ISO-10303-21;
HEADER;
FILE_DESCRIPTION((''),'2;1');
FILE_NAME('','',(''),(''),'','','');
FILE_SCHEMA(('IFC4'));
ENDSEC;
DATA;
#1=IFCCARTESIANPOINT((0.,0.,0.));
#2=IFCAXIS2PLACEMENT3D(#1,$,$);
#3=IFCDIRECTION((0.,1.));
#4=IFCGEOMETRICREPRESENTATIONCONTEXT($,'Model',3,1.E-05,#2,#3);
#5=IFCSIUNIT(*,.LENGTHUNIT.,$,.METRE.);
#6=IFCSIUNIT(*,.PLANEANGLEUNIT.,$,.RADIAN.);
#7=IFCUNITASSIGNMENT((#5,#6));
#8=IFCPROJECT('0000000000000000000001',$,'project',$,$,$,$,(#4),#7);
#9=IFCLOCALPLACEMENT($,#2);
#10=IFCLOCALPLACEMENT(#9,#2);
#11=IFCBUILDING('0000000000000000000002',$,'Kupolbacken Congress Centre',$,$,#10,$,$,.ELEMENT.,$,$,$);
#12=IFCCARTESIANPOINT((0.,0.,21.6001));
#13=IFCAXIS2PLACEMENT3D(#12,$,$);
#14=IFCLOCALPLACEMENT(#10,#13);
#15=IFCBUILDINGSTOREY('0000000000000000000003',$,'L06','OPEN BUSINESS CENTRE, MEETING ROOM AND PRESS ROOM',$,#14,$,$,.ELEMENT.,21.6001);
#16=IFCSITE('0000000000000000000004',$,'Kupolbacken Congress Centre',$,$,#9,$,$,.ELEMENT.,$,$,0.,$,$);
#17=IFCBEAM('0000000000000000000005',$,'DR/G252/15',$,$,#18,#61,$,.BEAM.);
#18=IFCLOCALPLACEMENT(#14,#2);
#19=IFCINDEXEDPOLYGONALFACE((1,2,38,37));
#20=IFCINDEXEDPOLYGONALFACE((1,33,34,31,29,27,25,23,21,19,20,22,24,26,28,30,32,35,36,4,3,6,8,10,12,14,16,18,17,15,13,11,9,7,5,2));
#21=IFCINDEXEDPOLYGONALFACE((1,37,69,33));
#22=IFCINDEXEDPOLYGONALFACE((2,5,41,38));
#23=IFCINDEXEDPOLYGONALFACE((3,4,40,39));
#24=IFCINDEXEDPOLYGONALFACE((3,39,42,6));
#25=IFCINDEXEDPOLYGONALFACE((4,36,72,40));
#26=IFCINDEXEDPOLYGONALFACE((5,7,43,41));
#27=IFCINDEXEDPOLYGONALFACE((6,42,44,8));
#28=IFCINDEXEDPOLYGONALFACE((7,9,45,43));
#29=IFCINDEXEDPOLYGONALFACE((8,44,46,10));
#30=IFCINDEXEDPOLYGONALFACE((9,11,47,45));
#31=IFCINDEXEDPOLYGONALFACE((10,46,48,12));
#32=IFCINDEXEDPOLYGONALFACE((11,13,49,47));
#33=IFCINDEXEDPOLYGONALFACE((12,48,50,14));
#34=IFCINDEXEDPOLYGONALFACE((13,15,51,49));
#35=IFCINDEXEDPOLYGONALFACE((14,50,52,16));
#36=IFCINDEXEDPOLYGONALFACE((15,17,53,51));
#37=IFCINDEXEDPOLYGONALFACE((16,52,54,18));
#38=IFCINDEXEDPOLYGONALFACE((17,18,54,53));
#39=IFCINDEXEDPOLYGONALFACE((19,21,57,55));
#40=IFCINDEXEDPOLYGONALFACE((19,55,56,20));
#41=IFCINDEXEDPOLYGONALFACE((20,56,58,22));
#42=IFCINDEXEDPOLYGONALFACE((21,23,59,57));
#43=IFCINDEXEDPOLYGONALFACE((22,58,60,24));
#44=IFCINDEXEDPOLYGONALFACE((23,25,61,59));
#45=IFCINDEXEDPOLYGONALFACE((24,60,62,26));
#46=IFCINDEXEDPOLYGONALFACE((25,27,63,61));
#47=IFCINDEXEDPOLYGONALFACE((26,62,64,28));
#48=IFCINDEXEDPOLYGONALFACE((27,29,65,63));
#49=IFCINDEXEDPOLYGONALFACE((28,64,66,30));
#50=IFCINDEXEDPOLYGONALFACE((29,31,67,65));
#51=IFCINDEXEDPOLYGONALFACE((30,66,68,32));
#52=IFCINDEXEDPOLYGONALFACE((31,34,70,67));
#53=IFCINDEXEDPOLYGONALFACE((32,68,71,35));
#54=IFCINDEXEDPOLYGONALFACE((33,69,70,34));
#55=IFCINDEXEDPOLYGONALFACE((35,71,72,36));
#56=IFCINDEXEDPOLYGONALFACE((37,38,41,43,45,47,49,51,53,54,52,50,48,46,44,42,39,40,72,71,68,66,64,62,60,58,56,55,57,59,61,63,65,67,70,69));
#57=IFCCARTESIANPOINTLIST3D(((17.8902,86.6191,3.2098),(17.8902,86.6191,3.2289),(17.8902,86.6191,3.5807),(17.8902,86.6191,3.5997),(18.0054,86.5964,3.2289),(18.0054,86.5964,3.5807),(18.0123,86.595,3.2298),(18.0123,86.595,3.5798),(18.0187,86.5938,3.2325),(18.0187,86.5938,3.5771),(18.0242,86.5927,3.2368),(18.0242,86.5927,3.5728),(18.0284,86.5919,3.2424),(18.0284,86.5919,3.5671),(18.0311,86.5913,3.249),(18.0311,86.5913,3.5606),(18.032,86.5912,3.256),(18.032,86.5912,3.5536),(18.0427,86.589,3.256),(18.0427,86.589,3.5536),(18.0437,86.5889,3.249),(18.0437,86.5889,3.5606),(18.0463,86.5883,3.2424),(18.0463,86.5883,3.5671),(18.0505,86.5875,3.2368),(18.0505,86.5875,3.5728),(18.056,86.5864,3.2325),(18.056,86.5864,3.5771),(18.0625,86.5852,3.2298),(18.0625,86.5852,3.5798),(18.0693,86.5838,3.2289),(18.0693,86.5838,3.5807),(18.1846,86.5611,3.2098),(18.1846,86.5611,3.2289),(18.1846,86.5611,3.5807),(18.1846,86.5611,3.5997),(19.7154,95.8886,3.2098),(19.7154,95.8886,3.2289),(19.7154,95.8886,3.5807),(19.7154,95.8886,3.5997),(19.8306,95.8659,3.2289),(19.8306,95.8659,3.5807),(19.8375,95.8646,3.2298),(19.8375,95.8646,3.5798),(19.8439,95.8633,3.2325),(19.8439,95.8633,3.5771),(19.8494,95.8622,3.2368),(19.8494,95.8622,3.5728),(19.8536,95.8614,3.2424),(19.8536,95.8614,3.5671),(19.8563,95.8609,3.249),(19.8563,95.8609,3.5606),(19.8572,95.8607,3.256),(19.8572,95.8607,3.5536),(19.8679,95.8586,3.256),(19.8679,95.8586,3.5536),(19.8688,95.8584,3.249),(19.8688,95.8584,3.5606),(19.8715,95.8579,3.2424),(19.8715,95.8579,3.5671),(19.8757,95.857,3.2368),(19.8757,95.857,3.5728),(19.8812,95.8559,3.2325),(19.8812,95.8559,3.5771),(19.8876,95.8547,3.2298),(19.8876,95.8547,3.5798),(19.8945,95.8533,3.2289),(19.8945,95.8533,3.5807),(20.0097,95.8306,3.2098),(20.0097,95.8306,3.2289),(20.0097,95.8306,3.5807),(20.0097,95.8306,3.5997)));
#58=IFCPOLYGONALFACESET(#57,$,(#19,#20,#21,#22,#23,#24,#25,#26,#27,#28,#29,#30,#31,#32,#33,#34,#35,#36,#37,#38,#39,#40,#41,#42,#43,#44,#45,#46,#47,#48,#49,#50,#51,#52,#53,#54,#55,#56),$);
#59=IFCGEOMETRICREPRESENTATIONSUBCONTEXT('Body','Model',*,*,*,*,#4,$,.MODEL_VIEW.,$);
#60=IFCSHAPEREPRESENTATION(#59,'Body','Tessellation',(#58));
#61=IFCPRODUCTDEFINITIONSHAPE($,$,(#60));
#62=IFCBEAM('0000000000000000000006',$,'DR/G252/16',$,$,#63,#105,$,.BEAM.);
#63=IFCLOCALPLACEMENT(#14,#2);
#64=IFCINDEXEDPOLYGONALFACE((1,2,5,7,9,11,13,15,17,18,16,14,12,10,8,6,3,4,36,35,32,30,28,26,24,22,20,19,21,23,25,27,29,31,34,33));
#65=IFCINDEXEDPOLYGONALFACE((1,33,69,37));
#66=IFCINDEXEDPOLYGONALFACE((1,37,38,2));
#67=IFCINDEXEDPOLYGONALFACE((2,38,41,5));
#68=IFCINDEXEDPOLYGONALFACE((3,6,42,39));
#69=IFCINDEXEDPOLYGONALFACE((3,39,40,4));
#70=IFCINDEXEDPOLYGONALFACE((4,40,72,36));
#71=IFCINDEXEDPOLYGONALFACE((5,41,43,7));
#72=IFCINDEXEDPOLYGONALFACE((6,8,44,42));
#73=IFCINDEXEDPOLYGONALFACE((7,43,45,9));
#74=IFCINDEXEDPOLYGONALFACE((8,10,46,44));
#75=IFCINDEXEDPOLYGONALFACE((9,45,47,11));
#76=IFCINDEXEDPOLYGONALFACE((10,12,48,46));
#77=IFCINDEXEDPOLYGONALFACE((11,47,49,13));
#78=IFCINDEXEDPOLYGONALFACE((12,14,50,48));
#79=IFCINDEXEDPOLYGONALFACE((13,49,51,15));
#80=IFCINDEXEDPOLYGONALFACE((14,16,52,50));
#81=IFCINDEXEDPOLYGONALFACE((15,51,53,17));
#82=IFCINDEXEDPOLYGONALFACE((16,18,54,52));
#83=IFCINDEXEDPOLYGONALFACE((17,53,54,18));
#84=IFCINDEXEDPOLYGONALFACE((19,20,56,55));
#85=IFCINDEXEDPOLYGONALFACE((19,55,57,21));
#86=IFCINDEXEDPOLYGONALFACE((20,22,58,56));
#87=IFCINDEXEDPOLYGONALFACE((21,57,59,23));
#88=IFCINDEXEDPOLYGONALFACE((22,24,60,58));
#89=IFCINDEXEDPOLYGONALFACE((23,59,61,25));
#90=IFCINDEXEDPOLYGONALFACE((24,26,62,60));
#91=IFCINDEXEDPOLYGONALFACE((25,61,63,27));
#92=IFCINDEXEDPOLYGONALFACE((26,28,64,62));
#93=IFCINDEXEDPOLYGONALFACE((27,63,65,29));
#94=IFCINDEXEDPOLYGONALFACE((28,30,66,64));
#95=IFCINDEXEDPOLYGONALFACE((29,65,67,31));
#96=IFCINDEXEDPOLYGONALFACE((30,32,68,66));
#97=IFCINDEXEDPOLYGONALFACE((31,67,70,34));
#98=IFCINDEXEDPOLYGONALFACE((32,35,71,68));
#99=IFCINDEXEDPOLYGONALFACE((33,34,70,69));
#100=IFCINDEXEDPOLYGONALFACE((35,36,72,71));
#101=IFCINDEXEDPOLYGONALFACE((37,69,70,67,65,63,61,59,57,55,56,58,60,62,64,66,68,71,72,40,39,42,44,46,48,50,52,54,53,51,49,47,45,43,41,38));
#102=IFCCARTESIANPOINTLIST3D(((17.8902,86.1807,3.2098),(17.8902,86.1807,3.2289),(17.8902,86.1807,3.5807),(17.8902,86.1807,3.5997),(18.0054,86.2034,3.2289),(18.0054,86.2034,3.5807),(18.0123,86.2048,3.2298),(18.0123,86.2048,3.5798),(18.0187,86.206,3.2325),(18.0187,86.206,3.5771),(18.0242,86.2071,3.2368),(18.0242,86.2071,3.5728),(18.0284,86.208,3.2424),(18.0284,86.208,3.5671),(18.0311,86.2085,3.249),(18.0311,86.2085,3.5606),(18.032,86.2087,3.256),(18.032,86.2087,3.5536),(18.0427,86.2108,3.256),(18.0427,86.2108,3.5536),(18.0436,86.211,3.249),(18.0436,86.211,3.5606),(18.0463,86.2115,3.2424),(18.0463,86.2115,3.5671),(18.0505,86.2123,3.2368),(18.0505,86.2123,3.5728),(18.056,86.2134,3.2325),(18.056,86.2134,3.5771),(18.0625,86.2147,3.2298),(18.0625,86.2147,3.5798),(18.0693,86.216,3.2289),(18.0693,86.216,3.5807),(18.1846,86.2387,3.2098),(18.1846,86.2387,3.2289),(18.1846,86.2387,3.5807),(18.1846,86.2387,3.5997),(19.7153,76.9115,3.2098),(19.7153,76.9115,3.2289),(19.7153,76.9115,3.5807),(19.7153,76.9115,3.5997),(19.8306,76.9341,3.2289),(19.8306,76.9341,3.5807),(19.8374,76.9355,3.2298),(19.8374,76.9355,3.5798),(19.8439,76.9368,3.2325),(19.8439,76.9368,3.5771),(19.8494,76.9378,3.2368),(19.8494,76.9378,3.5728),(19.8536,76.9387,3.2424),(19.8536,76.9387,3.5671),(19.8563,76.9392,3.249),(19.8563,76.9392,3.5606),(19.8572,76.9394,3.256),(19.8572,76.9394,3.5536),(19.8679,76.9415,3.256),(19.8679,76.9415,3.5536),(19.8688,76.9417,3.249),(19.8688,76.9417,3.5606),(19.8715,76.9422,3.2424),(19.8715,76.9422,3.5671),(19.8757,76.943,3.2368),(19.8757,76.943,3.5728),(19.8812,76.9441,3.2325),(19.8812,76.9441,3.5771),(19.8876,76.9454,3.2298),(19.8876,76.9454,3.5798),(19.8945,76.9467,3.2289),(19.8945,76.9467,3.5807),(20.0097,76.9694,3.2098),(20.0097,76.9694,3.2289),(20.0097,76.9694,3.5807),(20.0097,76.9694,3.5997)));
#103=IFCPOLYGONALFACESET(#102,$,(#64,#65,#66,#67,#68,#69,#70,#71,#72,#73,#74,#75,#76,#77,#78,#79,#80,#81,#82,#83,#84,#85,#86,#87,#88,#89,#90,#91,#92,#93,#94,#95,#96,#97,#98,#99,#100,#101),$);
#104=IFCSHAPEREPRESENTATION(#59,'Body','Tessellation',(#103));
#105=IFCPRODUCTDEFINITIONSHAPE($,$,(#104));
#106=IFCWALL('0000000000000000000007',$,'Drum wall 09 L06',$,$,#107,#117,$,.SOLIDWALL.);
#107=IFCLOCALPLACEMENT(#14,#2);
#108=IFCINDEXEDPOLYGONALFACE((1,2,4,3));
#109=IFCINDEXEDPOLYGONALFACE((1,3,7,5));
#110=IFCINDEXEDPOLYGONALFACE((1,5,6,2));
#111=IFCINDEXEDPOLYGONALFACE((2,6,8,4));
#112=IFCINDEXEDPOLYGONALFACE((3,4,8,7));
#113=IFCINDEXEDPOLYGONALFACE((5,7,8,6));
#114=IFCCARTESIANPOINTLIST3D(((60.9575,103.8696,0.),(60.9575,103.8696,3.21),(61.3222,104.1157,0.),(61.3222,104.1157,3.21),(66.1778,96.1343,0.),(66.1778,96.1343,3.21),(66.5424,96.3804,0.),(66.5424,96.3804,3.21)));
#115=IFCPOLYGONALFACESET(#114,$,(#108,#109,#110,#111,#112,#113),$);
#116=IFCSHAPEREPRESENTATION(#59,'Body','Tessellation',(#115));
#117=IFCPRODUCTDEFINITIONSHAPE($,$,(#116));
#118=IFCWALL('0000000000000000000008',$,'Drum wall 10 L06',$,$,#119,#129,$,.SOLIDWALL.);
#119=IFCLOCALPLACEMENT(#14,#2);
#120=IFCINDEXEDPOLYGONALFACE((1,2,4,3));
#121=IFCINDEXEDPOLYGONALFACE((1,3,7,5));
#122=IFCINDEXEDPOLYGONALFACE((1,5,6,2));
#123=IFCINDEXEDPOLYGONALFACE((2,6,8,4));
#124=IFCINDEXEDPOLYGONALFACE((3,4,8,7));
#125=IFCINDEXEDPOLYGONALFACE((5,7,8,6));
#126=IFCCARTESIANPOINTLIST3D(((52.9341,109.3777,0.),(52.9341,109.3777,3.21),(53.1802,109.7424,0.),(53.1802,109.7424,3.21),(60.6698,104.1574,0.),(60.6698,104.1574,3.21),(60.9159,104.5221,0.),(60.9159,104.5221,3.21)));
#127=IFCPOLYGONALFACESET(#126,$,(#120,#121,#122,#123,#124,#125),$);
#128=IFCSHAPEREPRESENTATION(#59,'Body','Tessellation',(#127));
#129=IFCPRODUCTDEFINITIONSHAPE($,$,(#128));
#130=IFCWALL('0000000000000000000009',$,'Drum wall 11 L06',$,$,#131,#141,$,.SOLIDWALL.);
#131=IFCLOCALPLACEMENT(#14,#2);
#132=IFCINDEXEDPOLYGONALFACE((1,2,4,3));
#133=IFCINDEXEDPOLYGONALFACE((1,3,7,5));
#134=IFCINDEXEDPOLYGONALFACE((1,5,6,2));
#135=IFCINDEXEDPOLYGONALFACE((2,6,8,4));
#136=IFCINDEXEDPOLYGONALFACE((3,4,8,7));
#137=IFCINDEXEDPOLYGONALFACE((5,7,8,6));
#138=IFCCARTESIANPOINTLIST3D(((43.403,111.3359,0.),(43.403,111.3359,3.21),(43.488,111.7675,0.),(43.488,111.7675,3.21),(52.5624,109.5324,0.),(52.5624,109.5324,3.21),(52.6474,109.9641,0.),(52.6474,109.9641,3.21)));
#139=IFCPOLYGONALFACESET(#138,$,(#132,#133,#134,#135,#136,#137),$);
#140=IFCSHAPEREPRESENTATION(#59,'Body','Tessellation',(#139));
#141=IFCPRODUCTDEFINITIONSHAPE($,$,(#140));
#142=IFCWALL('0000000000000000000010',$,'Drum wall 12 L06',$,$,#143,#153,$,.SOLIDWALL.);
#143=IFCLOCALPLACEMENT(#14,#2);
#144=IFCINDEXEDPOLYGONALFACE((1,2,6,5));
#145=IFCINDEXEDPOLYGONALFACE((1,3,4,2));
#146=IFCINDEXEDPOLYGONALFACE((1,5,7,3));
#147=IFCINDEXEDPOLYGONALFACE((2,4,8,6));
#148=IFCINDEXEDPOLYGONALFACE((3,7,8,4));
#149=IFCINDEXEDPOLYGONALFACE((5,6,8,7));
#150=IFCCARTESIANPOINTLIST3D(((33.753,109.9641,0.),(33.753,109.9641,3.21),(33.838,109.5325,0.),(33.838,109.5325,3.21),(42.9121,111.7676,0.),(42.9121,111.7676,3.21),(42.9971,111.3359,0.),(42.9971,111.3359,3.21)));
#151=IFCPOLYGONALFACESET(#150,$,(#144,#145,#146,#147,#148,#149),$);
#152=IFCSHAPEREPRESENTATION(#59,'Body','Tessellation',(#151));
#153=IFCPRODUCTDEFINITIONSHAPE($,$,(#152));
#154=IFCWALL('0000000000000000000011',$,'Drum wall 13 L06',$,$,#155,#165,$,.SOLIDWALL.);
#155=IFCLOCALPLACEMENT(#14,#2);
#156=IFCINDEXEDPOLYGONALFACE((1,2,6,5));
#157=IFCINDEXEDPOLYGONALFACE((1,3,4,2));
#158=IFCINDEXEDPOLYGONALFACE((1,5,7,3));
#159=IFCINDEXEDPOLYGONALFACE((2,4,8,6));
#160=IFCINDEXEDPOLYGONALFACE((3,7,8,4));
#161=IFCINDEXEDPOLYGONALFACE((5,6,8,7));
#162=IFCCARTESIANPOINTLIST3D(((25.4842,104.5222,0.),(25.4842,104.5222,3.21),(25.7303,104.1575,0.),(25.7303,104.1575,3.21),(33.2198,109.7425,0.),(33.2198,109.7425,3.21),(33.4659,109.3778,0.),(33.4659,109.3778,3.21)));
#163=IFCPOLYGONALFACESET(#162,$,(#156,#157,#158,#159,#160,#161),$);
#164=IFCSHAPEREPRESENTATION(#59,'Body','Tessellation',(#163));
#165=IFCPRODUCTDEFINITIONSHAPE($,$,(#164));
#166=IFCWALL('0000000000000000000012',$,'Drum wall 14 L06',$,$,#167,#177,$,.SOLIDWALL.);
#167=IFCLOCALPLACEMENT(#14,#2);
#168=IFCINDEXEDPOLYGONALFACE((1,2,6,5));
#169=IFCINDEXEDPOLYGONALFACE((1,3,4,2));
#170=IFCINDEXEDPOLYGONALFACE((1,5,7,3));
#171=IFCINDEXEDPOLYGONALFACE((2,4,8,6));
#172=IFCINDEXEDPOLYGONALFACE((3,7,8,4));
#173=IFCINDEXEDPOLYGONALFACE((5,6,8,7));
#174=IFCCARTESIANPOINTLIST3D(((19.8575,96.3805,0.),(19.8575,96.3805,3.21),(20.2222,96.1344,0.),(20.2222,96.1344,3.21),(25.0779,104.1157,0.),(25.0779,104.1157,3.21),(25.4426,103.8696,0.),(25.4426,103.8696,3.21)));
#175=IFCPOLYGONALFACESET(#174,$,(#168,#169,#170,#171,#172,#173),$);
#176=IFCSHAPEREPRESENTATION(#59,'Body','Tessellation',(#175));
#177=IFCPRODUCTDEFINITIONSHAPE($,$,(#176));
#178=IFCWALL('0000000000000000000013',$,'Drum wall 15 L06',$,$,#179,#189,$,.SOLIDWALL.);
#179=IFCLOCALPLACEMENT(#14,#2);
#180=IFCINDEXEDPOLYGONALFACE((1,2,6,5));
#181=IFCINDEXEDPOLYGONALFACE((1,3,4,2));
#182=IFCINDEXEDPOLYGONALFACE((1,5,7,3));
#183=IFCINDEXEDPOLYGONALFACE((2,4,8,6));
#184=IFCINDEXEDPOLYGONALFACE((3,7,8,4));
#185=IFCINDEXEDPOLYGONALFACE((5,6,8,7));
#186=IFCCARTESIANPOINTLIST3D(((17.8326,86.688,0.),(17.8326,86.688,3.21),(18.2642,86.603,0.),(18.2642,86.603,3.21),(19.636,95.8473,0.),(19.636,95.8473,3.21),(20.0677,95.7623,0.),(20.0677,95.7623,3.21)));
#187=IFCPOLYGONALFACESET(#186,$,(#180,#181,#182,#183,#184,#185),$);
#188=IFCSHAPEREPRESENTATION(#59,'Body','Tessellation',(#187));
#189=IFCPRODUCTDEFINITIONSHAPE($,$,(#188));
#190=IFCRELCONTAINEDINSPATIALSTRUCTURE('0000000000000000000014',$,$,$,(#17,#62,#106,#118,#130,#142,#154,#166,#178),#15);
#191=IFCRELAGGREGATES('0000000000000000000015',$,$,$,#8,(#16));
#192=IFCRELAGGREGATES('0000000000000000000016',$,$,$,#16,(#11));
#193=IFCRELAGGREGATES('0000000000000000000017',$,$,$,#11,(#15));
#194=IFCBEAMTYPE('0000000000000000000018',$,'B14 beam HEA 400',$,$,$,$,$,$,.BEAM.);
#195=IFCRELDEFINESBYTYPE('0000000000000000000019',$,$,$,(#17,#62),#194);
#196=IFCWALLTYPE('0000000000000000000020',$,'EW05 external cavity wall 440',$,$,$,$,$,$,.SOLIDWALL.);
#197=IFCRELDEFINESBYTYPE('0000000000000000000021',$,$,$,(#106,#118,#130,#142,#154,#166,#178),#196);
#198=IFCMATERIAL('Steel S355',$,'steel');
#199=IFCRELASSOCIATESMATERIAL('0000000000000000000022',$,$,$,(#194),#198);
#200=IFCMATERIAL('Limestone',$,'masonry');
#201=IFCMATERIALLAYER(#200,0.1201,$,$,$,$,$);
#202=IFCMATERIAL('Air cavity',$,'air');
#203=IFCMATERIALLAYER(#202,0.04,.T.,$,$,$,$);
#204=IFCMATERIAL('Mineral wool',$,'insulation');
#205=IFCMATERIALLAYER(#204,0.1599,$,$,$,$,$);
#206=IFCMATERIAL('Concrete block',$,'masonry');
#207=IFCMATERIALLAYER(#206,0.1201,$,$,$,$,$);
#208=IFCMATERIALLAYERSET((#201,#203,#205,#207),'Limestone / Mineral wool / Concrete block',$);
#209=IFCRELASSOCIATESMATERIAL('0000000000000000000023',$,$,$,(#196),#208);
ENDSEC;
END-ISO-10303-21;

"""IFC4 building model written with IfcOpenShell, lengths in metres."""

from ifc_helpers import new_model, si_unit, direction, frame, frame_2d, origin, origin_2d, place, context, subcontext, project, spatial, rectangle, i_section, extrude, material, layer, layer_set, material_profile, profile_set, type_object, element, save


model = new_model("IFC4")

# Units and contexts
model_context = context("Model", 3, precision=1e-05, world=origin(), true_north=direction((0.0, 1.0)))
body_context = subcontext(model_context, "Body", "Model", "MODEL_VIEW")
ifc_project = project(units=[si_unit("LENGTHUNIT", "METRE"), si_unit("PLANEANGLEUNIT", "RADIAN")], contexts=[model_context])

# Site, building, storey
site_placement = place(None, origin())
site = spatial("IfcSite", under=ifc_project, at=site_placement, Name="Kupolbacken Congress Centre", CompositionType="ELEMENT", RefElevation=0.0)
building_placement = place(site_placement, origin())
building = spatial("IfcBuilding", under=site, at=building_placement, Name="Kupolbacken Congress Centre", CompositionType="ELEMENT")
storey_placement = place(building_placement, frame((0.0, 0.0, 21.6001)))
storey = spatial("IfcBuildingStorey", under=building, at=storey_placement, Name="L06", Description="OPEN BUSINESS CENTRE, MEETING ROOM AND PRESS ROOM", CompositionType="ELEMENT", Elevation=21.6001)

# Beams
ifc_material_1 = material(Name="Steel S355", Category="steel")
ifc_material_profile_1 = material_profile(ifc_material_1, i_section(OverallWidth=0.3, OverallDepth=0.3899, WebThickness=0.011, FlangeThickness=0.019, FilletRadius=0.0271, at=origin_2d()), Name="HEA 400")
ifc_profile_set_1 = profile_set([ifc_material_profile_1], Name="Steel S355")
beam_type = type_object("IfcBeamType", Name="B14 beam HEA 400", PredefinedType="BEAM", material=ifc_profile_set_1)
beam_1_placement = place(storey_placement, frame((19.8625, 95.8596, 3.4048), z_axis=(-0.193193, -0.981161, 0.0), x_axis=(0.981161, -0.193193, 0.0)))
element("IfcBeam", 1, at=beam_1_placement, inside=storey, type_object=beam_type, Name="DR/G252/15", PredefinedType="BEAM", context=body_context, shape_type="SweptSolid", body=[
    extrude(i_section(OverallWidth=0.3, OverallDepth=0.3899, WebThickness=0.011, FlangeThickness=0.019, FilletRadius=0.0271, at=origin_2d()), origin(), (0.0, 0.0, 1.0), 9.4475),
])
beam_2_placement = place(storey_placement, frame((18.0374, 86.2097, 3.4048), z_axis=(0.193198, -0.98116, 0.0), x_axis=(0.98116, 0.193198, 0.0)))
element("IfcBeam", 2, at=beam_2_placement, inside=storey, type_object=beam_type, Name="DR/G252/16", PredefinedType="BEAM", context=body_context, shape_type="SweptSolid", body=[
    extrude(i_section(OverallWidth=0.3, OverallDepth=0.3899, WebThickness=0.011, FlangeThickness=0.019, FilletRadius=0.0271, at=origin_2d()), origin(), (0.0, 0.0, 1.0), 9.4473),
])

# Walls
ifc_material_2 = material(Name="Limestone", Category="masonry")
ifc_layer_1 = layer(ifc_material_2, 0.1201)
ifc_material_3 = material(Name="Air cavity", Category="air")
ifc_layer_2 = layer(ifc_material_3, 0.04, ventilated=True)
ifc_material_4 = material(Name="Mineral wool", Category="insulation")
ifc_layer_3 = layer(ifc_material_4, 0.1599)
ifc_material_5 = material(Name="Concrete block", Category="masonry")
ifc_layer_4 = layer(ifc_material_5, 0.1201)
ifc_layer_set = layer_set([ifc_layer_1, ifc_layer_2, ifc_layer_3, ifc_layer_4], Name="Limestone / Mineral wool / Concrete block")
wall_type = type_object("IfcWallType", Name="EW05 external cavity wall 440", PredefinedType="SOLIDWALL", material=ifc_layer_set)
wall_1_placement = place(storey_placement, frame((66.3601, 96.2573, 0.0), z_axis=(0.0, 0.0, 1.0), x_axis=(-0.559388, 0.828906, 0.0)))
element("IfcWall", 3, at=wall_1_placement, inside=storey, type_object=wall_type, Name="Drum wall 09 L06", PredefinedType="SOLIDWALL", context=body_context, shape_type="SweptSolid", body=[
    extrude(rectangle(XDim=9.332, YDim=0.4399, at=frame_2d((4.666, 0.0))), origin(), (0.0, 0.0, 1.0), 3.21),
])
wall_2_placement = place(storey_placement, frame((60.7927, 104.3398, 0.0), z_axis=(0.0, 0.0, 1.0), x_axis=(-0.828914, 0.559376, 0.0)))
element("IfcWall", 4, at=wall_2_placement, inside=storey, type_object=wall_type, Name="Drum wall 10 L06", PredefinedType="SOLIDWALL", context=body_context, shape_type="SweptSolid", body=[
    extrude(rectangle(XDim=9.3323, YDim=0.4399, at=frame_2d((4.666, 0.0))), origin(), (0.0, 0.0, 1.0), 3.21),
])
wall_3_placement = place(storey_placement, frame((52.6047, 109.7483, 0.0), z_axis=(0.0, 0.0, 1.0), x_axis=(-0.981162, 0.193188, 0.0)))
element("IfcWall", 5, at=wall_3_placement, inside=storey, type_object=wall_type, Name="Drum wall 11 L06", PredefinedType="SOLIDWALL", context=body_context, shape_type="SweptSolid", body=[
    extrude(rectangle(XDim=9.3352, YDim=0.4399, at=frame_2d((4.6675, 0.0))), origin(), (0.0, 0.0, 1.0), 3.21),
])
wall_4_placement = place(storey_placement, frame((42.9546, 111.5518, 0.0), z_axis=(0.0, 0.0, 1.0), x_axis=(-0.981161, -0.193193, 0.0)))
element("IfcWall", 6, at=wall_4_placement, inside=storey, type_object=wall_type, Name="Drum wall 12 L06", PredefinedType="SOLIDWALL", context=body_context, shape_type="SweptSolid", body=[
    extrude(rectangle(XDim=9.335, YDim=0.4399, at=frame_2d((4.6675, 0.0))), origin(), (0.0, 0.0, 1.0), 3.21),
])
wall_5_placement = place(storey_placement, frame((33.3428, 109.5601, 0.0), z_axis=(0.0, 0.0, 1.0), x_axis=(-0.828914, -0.559376, 0.0)))
element("IfcWall", 7, at=wall_5_placement, inside=storey, type_object=wall_type, Name="Drum wall 13 L06", PredefinedType="SOLIDWALL", context=body_context, shape_type="SweptSolid", body=[
    extrude(rectangle(XDim=9.3323, YDim=0.4399, at=frame_2d((4.666, 0.0))), origin(), (0.0, 0.0, 1.0), 3.21),
])
wall_6_placement = place(storey_placement, frame((25.2603, 103.9927, 0.0), z_axis=(0.0, 0.0, 1.0), x_axis=(-0.559406, -0.828894, 0.0)))
element("IfcWall", 8, at=wall_6_placement, inside=storey, type_object=wall_type, Name="Drum wall 14 L06", PredefinedType="SOLIDWALL", context=body_context, shape_type="SweptSolid", body=[
    extrude(rectangle(XDim=9.332, YDim=0.4399, at=frame_2d((4.666, 0.0))), origin(), (0.0, 0.0, 1.0), 3.21),
])
for number, where, z_axis, x_axis, name in (
    (9, (19.8518, 95.8047, 0.0), (0.0, 0.0, 1.0), (-0.193188, -0.981162, 0.0), "Drum wall 15 L06"),
):
    element("IfcWall", number, at=place(storey_placement, frame(where, z_axis=z_axis, x_axis=x_axis)), inside=storey, type_object=wall_type, Name=name, PredefinedType="SOLIDWALL", context=body_context, shape_type="SweptSolid", body=[
        extrude(rectangle(XDim=9.3352, YDim=0.4399, at=frame_2d((4.6675, 0.0))), origin(), (0.0, 0.0, 1.0), 3.21),
    ])

save(model, "model.ifc")
